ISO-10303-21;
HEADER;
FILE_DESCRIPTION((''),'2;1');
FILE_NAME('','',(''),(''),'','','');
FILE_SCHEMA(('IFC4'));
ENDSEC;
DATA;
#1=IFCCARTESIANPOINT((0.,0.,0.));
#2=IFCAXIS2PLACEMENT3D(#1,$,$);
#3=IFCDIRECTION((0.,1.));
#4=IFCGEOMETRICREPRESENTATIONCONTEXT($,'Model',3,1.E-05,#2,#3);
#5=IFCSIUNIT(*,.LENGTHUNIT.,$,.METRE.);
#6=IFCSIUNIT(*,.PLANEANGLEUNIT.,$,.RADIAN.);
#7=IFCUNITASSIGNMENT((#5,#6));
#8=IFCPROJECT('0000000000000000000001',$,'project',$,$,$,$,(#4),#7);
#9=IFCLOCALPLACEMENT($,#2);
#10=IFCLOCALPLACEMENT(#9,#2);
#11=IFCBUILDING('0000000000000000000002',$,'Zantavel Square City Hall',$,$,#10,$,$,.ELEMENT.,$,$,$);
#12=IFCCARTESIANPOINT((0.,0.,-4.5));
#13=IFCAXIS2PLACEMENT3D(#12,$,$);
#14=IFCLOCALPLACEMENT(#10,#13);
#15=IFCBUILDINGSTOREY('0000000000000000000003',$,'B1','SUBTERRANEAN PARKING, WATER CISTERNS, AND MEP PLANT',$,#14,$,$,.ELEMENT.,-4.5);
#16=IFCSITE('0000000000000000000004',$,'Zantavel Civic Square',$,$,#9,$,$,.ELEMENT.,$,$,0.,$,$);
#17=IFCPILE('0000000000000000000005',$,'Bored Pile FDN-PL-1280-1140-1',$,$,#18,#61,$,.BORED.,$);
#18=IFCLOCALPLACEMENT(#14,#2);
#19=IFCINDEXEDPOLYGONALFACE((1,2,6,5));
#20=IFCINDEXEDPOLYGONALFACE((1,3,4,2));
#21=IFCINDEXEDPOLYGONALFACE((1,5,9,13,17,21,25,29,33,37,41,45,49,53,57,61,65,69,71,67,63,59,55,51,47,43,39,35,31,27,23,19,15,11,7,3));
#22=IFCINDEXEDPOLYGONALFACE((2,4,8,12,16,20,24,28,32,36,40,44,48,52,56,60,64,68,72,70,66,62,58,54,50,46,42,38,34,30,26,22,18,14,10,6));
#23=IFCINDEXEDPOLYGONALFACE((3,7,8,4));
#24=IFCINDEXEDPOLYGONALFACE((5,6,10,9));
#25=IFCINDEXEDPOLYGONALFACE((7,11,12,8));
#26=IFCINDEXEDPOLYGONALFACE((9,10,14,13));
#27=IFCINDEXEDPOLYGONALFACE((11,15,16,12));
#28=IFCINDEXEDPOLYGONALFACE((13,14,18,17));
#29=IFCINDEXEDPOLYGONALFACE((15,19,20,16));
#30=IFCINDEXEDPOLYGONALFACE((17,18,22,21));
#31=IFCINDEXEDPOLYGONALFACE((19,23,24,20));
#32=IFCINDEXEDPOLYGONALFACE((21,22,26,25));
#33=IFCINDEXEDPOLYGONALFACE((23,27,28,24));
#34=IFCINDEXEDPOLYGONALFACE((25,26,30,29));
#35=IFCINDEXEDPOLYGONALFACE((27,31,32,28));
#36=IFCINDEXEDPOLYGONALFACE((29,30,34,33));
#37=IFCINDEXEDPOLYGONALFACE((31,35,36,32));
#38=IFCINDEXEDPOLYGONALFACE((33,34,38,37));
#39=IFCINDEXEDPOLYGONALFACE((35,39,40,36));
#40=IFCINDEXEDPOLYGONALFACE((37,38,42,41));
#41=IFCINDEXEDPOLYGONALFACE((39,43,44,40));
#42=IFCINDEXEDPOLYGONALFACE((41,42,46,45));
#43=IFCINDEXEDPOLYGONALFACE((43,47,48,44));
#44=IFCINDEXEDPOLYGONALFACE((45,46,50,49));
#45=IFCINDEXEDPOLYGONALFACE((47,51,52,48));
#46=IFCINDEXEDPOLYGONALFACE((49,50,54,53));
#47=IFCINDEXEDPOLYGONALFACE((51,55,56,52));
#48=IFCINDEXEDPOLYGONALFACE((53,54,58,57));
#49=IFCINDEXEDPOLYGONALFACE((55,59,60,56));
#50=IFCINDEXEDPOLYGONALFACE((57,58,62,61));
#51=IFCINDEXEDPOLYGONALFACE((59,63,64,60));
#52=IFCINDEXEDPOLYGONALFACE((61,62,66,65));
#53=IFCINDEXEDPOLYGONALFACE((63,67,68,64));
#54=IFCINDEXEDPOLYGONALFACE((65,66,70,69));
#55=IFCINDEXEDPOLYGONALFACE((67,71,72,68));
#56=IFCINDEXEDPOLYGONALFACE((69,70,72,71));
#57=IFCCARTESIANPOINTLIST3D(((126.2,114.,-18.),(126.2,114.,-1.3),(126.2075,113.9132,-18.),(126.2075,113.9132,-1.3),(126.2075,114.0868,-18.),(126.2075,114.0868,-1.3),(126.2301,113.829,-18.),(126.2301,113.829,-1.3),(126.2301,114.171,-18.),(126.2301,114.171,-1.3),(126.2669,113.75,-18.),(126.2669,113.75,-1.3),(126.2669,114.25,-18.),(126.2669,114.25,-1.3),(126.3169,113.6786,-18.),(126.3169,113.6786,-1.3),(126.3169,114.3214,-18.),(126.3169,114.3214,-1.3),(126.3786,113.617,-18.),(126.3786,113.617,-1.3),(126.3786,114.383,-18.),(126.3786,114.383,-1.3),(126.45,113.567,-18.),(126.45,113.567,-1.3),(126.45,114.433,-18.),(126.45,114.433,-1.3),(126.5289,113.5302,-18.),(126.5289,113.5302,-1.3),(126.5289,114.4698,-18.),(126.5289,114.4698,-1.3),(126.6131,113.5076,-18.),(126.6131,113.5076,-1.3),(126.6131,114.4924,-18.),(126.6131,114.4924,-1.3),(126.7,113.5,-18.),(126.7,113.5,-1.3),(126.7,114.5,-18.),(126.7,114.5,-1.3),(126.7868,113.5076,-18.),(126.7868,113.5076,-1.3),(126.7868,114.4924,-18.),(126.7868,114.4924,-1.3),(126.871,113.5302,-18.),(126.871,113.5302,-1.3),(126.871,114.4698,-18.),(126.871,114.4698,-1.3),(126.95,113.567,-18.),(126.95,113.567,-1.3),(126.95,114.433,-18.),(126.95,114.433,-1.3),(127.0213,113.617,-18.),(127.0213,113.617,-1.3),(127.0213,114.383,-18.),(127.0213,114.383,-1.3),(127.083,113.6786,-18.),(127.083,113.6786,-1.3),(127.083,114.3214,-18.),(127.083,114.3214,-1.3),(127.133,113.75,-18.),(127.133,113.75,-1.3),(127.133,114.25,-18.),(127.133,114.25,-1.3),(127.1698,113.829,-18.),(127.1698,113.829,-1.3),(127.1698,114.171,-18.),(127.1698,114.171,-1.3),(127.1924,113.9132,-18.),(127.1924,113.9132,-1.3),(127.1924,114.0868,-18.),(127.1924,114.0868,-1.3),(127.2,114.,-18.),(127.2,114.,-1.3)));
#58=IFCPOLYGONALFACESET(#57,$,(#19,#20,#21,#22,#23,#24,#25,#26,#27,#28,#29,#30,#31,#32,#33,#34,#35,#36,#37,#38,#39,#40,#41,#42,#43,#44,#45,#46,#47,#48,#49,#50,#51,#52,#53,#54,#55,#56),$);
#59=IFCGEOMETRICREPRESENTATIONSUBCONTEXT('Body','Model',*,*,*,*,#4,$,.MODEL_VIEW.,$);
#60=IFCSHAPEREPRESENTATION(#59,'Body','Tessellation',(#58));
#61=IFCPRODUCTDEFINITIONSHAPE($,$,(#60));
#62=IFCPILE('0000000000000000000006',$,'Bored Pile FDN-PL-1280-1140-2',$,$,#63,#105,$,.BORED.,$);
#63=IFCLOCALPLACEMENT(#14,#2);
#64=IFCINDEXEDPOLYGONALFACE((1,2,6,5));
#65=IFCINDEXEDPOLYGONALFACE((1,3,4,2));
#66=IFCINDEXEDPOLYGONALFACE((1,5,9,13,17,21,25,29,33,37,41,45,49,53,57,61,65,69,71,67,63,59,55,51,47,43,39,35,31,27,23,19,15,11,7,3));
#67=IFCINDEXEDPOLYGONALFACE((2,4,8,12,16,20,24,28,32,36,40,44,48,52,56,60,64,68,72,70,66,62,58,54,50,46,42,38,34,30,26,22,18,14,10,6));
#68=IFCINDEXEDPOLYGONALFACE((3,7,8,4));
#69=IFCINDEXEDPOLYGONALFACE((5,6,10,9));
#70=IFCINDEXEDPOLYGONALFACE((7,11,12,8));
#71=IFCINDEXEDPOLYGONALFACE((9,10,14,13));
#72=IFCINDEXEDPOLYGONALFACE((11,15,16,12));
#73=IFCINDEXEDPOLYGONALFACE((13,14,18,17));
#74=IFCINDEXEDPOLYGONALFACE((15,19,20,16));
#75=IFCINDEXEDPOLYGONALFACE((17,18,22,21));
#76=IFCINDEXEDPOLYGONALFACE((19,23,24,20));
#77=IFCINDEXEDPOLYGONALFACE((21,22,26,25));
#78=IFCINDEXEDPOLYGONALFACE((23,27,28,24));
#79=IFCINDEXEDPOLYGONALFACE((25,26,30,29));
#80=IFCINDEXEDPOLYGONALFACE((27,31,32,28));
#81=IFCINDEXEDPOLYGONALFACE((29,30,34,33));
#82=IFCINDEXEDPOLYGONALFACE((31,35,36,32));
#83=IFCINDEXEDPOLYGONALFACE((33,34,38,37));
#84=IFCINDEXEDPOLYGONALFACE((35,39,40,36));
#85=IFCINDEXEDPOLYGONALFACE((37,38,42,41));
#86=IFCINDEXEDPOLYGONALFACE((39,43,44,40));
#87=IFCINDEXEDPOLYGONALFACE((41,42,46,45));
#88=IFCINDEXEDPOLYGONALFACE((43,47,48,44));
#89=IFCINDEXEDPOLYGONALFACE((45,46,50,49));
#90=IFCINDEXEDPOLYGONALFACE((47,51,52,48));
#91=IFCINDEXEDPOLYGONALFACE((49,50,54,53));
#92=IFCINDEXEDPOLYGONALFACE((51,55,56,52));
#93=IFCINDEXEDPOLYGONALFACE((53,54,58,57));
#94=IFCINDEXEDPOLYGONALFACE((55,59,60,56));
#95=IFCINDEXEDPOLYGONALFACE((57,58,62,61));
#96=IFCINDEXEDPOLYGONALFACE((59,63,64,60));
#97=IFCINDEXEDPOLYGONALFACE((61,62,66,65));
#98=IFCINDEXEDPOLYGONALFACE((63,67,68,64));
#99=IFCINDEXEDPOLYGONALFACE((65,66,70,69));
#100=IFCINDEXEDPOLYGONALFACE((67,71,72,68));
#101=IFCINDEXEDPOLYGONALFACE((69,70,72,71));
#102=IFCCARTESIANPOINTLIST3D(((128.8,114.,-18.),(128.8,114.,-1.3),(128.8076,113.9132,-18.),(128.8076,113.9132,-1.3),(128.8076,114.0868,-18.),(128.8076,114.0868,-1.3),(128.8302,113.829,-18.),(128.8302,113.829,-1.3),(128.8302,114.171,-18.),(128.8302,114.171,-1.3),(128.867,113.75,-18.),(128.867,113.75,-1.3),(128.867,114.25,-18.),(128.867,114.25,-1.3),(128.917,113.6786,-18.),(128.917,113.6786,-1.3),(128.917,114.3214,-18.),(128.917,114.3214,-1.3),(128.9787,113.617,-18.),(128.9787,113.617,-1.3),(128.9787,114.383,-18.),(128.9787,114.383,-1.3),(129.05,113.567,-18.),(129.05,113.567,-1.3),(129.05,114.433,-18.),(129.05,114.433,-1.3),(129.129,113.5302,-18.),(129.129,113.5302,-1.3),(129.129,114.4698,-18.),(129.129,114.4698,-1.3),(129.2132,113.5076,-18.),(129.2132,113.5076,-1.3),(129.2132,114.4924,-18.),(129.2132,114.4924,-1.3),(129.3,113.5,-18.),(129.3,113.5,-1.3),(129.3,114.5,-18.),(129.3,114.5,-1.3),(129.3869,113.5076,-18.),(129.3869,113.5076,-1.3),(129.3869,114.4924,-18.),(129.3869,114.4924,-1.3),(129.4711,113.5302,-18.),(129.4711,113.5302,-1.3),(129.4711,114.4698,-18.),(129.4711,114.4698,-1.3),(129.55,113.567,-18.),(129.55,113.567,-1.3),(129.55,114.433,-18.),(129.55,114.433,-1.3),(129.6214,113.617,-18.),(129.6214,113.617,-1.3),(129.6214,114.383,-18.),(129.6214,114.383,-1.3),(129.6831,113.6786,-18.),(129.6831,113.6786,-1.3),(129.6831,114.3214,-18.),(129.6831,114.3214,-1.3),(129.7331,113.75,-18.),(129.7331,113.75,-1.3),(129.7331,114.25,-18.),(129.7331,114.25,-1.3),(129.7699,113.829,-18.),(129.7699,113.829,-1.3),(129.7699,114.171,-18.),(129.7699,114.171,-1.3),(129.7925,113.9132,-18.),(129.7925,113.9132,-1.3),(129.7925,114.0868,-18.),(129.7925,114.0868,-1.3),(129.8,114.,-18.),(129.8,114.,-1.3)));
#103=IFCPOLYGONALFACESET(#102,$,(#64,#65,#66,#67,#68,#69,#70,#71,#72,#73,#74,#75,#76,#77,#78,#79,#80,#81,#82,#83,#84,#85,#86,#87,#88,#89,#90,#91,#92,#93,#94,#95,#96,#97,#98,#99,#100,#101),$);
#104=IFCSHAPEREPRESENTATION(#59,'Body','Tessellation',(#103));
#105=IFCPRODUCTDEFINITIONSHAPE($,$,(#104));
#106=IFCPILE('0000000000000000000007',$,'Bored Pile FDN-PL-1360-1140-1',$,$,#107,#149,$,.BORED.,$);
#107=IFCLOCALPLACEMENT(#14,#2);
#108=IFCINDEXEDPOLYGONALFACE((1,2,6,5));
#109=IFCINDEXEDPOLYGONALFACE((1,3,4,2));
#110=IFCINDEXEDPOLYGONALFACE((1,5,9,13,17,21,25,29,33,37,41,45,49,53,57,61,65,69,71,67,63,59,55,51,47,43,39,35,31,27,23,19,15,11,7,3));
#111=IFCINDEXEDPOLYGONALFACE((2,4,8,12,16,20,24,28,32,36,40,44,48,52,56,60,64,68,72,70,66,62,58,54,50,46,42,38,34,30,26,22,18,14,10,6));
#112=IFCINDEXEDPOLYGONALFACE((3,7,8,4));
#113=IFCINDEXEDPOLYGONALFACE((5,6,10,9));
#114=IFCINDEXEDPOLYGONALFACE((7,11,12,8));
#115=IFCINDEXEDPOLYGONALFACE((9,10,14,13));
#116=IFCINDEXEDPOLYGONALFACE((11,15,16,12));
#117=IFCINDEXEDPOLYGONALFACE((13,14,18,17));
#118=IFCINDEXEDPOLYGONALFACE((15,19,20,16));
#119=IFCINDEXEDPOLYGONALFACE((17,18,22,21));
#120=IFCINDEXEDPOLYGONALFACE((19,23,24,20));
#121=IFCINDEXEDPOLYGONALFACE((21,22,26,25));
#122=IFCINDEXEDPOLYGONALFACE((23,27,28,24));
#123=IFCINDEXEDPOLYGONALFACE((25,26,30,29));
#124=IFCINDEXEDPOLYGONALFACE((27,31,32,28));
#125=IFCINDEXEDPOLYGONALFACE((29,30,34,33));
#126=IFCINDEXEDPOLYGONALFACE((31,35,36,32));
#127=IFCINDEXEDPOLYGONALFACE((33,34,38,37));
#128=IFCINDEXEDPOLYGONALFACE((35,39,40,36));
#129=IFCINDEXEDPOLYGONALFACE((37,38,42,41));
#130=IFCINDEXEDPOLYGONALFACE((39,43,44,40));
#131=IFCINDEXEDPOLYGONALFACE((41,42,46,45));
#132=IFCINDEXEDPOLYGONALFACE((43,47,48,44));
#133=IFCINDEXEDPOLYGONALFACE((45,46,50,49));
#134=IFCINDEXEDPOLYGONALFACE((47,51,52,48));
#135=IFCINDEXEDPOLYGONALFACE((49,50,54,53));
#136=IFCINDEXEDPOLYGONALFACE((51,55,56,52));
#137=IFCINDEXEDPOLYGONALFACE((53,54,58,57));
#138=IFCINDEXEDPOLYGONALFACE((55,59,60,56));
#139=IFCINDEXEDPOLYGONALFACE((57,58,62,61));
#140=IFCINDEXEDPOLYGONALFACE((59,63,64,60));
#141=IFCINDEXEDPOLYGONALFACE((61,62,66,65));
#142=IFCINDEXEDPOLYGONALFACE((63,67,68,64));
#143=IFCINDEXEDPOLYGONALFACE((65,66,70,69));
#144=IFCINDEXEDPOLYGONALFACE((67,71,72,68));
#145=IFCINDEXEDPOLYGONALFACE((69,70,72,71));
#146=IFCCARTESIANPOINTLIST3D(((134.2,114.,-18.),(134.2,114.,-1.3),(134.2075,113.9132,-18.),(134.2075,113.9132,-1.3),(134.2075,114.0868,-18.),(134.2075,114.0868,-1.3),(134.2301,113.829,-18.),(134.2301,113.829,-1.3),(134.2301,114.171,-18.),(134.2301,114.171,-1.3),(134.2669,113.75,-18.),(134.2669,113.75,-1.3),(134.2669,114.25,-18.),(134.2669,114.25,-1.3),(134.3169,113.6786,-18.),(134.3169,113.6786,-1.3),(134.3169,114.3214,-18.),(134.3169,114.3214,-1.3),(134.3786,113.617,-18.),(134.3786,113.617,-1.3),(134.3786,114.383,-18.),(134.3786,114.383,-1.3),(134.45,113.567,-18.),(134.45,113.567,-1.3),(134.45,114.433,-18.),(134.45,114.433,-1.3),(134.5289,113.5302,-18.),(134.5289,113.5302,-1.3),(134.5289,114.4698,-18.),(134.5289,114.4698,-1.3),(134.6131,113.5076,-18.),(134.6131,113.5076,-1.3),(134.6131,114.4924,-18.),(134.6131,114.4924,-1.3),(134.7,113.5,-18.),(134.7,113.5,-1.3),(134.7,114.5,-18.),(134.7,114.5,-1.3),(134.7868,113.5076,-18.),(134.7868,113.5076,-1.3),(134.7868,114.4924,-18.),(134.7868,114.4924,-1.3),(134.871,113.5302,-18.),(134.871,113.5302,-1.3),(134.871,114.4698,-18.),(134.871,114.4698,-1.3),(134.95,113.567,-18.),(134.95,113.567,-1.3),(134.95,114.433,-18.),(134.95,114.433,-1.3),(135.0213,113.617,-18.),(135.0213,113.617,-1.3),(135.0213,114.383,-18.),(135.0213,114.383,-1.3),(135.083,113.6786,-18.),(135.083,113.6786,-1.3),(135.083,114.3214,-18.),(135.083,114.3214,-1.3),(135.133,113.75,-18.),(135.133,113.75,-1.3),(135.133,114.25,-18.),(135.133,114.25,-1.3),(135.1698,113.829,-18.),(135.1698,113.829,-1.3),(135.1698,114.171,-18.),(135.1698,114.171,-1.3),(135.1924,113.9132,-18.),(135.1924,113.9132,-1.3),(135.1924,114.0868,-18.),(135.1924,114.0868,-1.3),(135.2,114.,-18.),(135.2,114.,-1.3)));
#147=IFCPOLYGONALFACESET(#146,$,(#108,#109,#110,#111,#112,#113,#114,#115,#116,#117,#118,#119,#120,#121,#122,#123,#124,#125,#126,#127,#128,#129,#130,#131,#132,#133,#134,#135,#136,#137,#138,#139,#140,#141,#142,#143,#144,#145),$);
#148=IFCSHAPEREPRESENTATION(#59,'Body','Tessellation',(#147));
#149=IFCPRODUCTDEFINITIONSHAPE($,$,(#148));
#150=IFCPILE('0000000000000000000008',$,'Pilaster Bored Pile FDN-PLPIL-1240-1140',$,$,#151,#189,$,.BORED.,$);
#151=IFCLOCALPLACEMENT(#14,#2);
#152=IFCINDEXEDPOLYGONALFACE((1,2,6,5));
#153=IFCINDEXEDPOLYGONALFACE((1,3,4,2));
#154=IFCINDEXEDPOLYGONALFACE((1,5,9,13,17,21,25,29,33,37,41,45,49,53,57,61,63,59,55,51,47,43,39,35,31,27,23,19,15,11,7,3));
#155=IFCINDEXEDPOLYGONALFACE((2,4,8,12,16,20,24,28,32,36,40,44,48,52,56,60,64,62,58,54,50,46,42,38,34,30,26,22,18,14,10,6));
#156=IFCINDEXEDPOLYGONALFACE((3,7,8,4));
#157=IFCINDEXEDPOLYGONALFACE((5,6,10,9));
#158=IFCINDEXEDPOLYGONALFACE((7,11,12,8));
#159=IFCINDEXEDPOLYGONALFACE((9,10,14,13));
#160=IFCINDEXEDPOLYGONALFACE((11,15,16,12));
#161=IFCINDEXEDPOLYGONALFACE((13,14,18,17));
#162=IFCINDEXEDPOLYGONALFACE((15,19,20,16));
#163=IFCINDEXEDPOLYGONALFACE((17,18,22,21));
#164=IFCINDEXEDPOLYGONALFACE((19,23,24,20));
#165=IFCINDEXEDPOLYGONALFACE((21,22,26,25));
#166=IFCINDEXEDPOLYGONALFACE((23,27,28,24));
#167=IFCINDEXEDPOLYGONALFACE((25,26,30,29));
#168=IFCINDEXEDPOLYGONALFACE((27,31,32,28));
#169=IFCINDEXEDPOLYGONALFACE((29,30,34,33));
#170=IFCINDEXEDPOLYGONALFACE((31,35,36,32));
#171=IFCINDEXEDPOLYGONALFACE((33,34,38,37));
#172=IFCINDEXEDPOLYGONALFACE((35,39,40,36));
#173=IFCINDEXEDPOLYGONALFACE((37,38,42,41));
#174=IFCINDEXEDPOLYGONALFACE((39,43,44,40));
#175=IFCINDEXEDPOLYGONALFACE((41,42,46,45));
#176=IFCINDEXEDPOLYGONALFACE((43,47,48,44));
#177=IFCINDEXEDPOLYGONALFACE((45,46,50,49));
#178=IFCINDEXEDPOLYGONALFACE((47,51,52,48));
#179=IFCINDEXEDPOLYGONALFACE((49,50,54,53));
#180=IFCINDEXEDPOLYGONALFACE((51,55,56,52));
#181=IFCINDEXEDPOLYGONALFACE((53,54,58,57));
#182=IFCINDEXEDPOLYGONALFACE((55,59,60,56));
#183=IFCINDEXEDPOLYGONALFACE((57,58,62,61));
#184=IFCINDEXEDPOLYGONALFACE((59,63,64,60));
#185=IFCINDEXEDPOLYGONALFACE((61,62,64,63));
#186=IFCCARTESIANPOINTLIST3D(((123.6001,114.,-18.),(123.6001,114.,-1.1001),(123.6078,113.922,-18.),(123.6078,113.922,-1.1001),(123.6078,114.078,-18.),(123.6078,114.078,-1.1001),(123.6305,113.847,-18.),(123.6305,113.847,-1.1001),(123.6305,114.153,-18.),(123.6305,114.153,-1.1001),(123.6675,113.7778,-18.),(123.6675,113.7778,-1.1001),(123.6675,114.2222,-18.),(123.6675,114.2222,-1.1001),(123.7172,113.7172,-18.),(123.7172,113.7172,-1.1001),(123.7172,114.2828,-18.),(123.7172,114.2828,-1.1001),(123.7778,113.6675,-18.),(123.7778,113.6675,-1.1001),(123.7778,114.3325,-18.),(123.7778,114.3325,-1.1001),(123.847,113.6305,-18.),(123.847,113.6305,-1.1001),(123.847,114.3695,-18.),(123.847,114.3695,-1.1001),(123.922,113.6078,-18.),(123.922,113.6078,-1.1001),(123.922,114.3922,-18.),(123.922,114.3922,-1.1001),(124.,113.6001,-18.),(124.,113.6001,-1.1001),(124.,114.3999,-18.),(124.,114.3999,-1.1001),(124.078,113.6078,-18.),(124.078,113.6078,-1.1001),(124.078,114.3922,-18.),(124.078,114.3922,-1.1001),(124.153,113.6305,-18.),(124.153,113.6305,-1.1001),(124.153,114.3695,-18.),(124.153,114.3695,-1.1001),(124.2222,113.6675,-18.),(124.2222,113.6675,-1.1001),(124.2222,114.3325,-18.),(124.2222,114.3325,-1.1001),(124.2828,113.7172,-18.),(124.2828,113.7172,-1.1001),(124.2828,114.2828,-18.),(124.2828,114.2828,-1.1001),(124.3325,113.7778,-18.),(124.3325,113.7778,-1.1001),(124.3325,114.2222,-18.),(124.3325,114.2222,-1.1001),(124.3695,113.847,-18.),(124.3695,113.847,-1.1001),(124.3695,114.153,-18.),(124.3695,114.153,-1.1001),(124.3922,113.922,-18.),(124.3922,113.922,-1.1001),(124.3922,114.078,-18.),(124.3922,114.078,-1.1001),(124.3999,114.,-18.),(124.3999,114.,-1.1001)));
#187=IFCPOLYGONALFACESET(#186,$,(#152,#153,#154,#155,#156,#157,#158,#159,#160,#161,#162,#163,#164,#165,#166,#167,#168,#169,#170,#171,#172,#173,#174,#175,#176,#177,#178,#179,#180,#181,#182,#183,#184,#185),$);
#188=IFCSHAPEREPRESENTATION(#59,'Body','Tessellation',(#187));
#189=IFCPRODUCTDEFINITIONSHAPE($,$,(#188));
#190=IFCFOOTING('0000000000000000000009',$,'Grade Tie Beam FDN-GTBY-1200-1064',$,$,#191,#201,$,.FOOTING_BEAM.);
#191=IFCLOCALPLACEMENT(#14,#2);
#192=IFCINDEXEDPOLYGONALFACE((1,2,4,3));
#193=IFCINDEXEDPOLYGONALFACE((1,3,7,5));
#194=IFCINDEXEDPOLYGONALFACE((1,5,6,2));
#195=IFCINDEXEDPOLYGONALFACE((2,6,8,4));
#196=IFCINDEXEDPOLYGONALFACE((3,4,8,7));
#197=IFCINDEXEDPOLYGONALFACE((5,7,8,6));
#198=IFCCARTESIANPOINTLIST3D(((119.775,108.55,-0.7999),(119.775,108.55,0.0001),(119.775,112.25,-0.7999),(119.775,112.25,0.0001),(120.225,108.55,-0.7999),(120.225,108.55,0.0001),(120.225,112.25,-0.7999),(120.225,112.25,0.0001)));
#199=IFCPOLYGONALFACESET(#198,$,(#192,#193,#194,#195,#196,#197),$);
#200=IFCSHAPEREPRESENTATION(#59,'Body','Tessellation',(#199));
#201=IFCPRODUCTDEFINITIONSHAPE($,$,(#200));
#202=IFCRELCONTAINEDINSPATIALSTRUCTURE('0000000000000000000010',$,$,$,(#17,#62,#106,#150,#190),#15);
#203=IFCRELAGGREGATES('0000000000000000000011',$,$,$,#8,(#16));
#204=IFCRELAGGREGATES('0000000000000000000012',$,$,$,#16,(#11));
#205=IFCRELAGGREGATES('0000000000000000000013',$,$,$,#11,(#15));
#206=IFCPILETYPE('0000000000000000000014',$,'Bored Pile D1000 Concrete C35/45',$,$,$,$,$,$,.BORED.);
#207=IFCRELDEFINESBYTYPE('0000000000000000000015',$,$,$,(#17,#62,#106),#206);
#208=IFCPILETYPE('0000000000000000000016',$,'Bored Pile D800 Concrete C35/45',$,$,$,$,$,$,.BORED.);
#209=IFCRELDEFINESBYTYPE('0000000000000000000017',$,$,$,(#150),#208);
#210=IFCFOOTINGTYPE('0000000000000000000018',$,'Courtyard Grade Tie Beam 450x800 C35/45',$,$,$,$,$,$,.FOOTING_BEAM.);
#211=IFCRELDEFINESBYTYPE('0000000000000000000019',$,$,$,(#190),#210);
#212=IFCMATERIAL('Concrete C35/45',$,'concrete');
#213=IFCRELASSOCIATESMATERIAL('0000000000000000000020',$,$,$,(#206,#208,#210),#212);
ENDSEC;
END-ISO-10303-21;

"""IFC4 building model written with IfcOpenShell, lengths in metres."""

from ifc_helpers import new_model, si_unit, direction, frame, origin, origin_2d, place, context, subcontext, project, spatial, rectangle, circle, extrude, material, material_profile, profile_set, type_object, element, save


model = new_model("IFC4")

# Units and contexts
model_context = context("Model", 3, precision=1e-05, world=origin(), true_north=direction((0.0, 1.0)))
body_context = subcontext(model_context, "Body", "Model", "MODEL_VIEW")
ifc_project = project(units=[si_unit("LENGTHUNIT", "METRE"), si_unit("PLANEANGLEUNIT", "RADIAN")], contexts=[model_context])

# Site, building, storey
site_placement = place(None, origin())
site = spatial("IfcSite", under=ifc_project, at=site_placement, Name="Zantavel Civic Square", CompositionType="ELEMENT", RefElevation=0.0)
building_placement = place(site_placement, origin())
building = spatial("IfcBuilding", under=site, at=building_placement, Name="Zantavel Square City Hall", CompositionType="ELEMENT")
storey_placement = place(building_placement, frame((0.0, 0.0, -4.5)))
storey = spatial("IfcBuildingStorey", under=building, at=storey_placement, Name="B1", Description="SUBTERRANEAN PARKING, WATER CISTERNS, AND MEP PLANT", CompositionType="ELEMENT", Elevation=-4.5)

# Piles
ifc_material_1 = material(Name="Concrete C35/45", Category="concrete")
ifc_material_profile_1 = material_profile(ifc_material_1, circle(Radius=0.5, at=origin_2d()), Name="PILE D1000")
ifc_profile_set_1 = profile_set([ifc_material_profile_1], Name="Concrete C35/45")
pile_type_1 = type_object("IfcPileType", Name="Bored Pile D1000 Concrete C35/45", PredefinedType="BORED", material=ifc_profile_set_1)
for number, where, z_axis, x_axis, name in (
    (1, (126.7, 114.0, -1.3), (0.0, 0.0, -1.0), (1.0, 0.0, 0.0), "Bored Pile FDN-PL-1280-1140-1"),
    (2, (129.3, 114.0, -1.3), (0.0, 0.0, -1.0), (1.0, 0.0, 0.0), "Bored Pile FDN-PL-1280-1140-2"),
    (3, (134.7, 114.0, -1.3), (0.0, 0.0, -1.0), (1.0, 0.0, 0.0), "Bored Pile FDN-PL-1360-1140-1"),
):
    element("IfcPile", number, at=place(storey_placement, frame(where, z_axis=z_axis, x_axis=x_axis)), inside=storey, type_object=pile_type_1, Name=name, PredefinedType="BORED", context=body_context, shape_type="SweptSolid", body=[
        extrude(circle(Radius=0.5, at=origin_2d()), origin(), (0.0, 0.0, 1.0), 16.7),
    ])
ifc_material_profile_2 = material_profile(ifc_material_1, circle(Radius=0.3999, at=origin_2d()), Name="PILE D800")
ifc_profile_set_2 = profile_set([ifc_material_profile_2], Name="Concrete C35/45")
pile_type_2 = type_object("IfcPileType", Name="Bored Pile D800 Concrete C35/45", PredefinedType="BORED", material=ifc_profile_set_2)
pile_1_placement = place(storey_placement, frame((124.0, 114.0, -1.1001), z_axis=(0.0, 0.0, -1.0), x_axis=(1.0, 0.0, 0.0)))
element("IfcPile", 4, at=pile_1_placement, inside=storey, type_object=pile_type_2, Name="Pilaster Bored Pile FDN-PLPIL-1240-1140", PredefinedType="BORED", context=body_context, shape_type="SweptSolid", body=[
    extrude(circle(Radius=0.3999, at=origin_2d()), origin(), (0.0, 0.0, 1.0), 16.8999),
])

# Footing
ifc_material_profile_3 = material_profile(ifc_material_1, rectangle(XDim=0.45, YDim=0.8, at=origin_2d()), Name="RC 450x800")
ifc_profile_set_3 = profile_set([ifc_material_profile_3], Name="Concrete C35/45")
footing_type_1 = type_object("IfcFootingType", Name="Courtyard Grade Tie Beam 450x800 C35/45", PredefinedType="FOOTING_BEAM", material=ifc_profile_set_3)
footing_1_placement = place(storey_placement, frame((120.0, 108.55, -0.3999), z_axis=(0.0, 1.0, 0.0), x_axis=(-1.0, 0.0, 0.0)))
element("IfcFooting", 5, at=footing_1_placement, inside=storey, type_object=footing_type_1, Name="Grade Tie Beam FDN-GTBY-1200-1064", PredefinedType="FOOTING_BEAM", context=body_context, shape_type="SweptSolid", body=[
    extrude(rectangle(XDim=0.45, YDim=0.8, at=origin_2d()), origin(), (0.0, 0.0, 1.0), 3.7),
])

save(model, "model.ifc")
